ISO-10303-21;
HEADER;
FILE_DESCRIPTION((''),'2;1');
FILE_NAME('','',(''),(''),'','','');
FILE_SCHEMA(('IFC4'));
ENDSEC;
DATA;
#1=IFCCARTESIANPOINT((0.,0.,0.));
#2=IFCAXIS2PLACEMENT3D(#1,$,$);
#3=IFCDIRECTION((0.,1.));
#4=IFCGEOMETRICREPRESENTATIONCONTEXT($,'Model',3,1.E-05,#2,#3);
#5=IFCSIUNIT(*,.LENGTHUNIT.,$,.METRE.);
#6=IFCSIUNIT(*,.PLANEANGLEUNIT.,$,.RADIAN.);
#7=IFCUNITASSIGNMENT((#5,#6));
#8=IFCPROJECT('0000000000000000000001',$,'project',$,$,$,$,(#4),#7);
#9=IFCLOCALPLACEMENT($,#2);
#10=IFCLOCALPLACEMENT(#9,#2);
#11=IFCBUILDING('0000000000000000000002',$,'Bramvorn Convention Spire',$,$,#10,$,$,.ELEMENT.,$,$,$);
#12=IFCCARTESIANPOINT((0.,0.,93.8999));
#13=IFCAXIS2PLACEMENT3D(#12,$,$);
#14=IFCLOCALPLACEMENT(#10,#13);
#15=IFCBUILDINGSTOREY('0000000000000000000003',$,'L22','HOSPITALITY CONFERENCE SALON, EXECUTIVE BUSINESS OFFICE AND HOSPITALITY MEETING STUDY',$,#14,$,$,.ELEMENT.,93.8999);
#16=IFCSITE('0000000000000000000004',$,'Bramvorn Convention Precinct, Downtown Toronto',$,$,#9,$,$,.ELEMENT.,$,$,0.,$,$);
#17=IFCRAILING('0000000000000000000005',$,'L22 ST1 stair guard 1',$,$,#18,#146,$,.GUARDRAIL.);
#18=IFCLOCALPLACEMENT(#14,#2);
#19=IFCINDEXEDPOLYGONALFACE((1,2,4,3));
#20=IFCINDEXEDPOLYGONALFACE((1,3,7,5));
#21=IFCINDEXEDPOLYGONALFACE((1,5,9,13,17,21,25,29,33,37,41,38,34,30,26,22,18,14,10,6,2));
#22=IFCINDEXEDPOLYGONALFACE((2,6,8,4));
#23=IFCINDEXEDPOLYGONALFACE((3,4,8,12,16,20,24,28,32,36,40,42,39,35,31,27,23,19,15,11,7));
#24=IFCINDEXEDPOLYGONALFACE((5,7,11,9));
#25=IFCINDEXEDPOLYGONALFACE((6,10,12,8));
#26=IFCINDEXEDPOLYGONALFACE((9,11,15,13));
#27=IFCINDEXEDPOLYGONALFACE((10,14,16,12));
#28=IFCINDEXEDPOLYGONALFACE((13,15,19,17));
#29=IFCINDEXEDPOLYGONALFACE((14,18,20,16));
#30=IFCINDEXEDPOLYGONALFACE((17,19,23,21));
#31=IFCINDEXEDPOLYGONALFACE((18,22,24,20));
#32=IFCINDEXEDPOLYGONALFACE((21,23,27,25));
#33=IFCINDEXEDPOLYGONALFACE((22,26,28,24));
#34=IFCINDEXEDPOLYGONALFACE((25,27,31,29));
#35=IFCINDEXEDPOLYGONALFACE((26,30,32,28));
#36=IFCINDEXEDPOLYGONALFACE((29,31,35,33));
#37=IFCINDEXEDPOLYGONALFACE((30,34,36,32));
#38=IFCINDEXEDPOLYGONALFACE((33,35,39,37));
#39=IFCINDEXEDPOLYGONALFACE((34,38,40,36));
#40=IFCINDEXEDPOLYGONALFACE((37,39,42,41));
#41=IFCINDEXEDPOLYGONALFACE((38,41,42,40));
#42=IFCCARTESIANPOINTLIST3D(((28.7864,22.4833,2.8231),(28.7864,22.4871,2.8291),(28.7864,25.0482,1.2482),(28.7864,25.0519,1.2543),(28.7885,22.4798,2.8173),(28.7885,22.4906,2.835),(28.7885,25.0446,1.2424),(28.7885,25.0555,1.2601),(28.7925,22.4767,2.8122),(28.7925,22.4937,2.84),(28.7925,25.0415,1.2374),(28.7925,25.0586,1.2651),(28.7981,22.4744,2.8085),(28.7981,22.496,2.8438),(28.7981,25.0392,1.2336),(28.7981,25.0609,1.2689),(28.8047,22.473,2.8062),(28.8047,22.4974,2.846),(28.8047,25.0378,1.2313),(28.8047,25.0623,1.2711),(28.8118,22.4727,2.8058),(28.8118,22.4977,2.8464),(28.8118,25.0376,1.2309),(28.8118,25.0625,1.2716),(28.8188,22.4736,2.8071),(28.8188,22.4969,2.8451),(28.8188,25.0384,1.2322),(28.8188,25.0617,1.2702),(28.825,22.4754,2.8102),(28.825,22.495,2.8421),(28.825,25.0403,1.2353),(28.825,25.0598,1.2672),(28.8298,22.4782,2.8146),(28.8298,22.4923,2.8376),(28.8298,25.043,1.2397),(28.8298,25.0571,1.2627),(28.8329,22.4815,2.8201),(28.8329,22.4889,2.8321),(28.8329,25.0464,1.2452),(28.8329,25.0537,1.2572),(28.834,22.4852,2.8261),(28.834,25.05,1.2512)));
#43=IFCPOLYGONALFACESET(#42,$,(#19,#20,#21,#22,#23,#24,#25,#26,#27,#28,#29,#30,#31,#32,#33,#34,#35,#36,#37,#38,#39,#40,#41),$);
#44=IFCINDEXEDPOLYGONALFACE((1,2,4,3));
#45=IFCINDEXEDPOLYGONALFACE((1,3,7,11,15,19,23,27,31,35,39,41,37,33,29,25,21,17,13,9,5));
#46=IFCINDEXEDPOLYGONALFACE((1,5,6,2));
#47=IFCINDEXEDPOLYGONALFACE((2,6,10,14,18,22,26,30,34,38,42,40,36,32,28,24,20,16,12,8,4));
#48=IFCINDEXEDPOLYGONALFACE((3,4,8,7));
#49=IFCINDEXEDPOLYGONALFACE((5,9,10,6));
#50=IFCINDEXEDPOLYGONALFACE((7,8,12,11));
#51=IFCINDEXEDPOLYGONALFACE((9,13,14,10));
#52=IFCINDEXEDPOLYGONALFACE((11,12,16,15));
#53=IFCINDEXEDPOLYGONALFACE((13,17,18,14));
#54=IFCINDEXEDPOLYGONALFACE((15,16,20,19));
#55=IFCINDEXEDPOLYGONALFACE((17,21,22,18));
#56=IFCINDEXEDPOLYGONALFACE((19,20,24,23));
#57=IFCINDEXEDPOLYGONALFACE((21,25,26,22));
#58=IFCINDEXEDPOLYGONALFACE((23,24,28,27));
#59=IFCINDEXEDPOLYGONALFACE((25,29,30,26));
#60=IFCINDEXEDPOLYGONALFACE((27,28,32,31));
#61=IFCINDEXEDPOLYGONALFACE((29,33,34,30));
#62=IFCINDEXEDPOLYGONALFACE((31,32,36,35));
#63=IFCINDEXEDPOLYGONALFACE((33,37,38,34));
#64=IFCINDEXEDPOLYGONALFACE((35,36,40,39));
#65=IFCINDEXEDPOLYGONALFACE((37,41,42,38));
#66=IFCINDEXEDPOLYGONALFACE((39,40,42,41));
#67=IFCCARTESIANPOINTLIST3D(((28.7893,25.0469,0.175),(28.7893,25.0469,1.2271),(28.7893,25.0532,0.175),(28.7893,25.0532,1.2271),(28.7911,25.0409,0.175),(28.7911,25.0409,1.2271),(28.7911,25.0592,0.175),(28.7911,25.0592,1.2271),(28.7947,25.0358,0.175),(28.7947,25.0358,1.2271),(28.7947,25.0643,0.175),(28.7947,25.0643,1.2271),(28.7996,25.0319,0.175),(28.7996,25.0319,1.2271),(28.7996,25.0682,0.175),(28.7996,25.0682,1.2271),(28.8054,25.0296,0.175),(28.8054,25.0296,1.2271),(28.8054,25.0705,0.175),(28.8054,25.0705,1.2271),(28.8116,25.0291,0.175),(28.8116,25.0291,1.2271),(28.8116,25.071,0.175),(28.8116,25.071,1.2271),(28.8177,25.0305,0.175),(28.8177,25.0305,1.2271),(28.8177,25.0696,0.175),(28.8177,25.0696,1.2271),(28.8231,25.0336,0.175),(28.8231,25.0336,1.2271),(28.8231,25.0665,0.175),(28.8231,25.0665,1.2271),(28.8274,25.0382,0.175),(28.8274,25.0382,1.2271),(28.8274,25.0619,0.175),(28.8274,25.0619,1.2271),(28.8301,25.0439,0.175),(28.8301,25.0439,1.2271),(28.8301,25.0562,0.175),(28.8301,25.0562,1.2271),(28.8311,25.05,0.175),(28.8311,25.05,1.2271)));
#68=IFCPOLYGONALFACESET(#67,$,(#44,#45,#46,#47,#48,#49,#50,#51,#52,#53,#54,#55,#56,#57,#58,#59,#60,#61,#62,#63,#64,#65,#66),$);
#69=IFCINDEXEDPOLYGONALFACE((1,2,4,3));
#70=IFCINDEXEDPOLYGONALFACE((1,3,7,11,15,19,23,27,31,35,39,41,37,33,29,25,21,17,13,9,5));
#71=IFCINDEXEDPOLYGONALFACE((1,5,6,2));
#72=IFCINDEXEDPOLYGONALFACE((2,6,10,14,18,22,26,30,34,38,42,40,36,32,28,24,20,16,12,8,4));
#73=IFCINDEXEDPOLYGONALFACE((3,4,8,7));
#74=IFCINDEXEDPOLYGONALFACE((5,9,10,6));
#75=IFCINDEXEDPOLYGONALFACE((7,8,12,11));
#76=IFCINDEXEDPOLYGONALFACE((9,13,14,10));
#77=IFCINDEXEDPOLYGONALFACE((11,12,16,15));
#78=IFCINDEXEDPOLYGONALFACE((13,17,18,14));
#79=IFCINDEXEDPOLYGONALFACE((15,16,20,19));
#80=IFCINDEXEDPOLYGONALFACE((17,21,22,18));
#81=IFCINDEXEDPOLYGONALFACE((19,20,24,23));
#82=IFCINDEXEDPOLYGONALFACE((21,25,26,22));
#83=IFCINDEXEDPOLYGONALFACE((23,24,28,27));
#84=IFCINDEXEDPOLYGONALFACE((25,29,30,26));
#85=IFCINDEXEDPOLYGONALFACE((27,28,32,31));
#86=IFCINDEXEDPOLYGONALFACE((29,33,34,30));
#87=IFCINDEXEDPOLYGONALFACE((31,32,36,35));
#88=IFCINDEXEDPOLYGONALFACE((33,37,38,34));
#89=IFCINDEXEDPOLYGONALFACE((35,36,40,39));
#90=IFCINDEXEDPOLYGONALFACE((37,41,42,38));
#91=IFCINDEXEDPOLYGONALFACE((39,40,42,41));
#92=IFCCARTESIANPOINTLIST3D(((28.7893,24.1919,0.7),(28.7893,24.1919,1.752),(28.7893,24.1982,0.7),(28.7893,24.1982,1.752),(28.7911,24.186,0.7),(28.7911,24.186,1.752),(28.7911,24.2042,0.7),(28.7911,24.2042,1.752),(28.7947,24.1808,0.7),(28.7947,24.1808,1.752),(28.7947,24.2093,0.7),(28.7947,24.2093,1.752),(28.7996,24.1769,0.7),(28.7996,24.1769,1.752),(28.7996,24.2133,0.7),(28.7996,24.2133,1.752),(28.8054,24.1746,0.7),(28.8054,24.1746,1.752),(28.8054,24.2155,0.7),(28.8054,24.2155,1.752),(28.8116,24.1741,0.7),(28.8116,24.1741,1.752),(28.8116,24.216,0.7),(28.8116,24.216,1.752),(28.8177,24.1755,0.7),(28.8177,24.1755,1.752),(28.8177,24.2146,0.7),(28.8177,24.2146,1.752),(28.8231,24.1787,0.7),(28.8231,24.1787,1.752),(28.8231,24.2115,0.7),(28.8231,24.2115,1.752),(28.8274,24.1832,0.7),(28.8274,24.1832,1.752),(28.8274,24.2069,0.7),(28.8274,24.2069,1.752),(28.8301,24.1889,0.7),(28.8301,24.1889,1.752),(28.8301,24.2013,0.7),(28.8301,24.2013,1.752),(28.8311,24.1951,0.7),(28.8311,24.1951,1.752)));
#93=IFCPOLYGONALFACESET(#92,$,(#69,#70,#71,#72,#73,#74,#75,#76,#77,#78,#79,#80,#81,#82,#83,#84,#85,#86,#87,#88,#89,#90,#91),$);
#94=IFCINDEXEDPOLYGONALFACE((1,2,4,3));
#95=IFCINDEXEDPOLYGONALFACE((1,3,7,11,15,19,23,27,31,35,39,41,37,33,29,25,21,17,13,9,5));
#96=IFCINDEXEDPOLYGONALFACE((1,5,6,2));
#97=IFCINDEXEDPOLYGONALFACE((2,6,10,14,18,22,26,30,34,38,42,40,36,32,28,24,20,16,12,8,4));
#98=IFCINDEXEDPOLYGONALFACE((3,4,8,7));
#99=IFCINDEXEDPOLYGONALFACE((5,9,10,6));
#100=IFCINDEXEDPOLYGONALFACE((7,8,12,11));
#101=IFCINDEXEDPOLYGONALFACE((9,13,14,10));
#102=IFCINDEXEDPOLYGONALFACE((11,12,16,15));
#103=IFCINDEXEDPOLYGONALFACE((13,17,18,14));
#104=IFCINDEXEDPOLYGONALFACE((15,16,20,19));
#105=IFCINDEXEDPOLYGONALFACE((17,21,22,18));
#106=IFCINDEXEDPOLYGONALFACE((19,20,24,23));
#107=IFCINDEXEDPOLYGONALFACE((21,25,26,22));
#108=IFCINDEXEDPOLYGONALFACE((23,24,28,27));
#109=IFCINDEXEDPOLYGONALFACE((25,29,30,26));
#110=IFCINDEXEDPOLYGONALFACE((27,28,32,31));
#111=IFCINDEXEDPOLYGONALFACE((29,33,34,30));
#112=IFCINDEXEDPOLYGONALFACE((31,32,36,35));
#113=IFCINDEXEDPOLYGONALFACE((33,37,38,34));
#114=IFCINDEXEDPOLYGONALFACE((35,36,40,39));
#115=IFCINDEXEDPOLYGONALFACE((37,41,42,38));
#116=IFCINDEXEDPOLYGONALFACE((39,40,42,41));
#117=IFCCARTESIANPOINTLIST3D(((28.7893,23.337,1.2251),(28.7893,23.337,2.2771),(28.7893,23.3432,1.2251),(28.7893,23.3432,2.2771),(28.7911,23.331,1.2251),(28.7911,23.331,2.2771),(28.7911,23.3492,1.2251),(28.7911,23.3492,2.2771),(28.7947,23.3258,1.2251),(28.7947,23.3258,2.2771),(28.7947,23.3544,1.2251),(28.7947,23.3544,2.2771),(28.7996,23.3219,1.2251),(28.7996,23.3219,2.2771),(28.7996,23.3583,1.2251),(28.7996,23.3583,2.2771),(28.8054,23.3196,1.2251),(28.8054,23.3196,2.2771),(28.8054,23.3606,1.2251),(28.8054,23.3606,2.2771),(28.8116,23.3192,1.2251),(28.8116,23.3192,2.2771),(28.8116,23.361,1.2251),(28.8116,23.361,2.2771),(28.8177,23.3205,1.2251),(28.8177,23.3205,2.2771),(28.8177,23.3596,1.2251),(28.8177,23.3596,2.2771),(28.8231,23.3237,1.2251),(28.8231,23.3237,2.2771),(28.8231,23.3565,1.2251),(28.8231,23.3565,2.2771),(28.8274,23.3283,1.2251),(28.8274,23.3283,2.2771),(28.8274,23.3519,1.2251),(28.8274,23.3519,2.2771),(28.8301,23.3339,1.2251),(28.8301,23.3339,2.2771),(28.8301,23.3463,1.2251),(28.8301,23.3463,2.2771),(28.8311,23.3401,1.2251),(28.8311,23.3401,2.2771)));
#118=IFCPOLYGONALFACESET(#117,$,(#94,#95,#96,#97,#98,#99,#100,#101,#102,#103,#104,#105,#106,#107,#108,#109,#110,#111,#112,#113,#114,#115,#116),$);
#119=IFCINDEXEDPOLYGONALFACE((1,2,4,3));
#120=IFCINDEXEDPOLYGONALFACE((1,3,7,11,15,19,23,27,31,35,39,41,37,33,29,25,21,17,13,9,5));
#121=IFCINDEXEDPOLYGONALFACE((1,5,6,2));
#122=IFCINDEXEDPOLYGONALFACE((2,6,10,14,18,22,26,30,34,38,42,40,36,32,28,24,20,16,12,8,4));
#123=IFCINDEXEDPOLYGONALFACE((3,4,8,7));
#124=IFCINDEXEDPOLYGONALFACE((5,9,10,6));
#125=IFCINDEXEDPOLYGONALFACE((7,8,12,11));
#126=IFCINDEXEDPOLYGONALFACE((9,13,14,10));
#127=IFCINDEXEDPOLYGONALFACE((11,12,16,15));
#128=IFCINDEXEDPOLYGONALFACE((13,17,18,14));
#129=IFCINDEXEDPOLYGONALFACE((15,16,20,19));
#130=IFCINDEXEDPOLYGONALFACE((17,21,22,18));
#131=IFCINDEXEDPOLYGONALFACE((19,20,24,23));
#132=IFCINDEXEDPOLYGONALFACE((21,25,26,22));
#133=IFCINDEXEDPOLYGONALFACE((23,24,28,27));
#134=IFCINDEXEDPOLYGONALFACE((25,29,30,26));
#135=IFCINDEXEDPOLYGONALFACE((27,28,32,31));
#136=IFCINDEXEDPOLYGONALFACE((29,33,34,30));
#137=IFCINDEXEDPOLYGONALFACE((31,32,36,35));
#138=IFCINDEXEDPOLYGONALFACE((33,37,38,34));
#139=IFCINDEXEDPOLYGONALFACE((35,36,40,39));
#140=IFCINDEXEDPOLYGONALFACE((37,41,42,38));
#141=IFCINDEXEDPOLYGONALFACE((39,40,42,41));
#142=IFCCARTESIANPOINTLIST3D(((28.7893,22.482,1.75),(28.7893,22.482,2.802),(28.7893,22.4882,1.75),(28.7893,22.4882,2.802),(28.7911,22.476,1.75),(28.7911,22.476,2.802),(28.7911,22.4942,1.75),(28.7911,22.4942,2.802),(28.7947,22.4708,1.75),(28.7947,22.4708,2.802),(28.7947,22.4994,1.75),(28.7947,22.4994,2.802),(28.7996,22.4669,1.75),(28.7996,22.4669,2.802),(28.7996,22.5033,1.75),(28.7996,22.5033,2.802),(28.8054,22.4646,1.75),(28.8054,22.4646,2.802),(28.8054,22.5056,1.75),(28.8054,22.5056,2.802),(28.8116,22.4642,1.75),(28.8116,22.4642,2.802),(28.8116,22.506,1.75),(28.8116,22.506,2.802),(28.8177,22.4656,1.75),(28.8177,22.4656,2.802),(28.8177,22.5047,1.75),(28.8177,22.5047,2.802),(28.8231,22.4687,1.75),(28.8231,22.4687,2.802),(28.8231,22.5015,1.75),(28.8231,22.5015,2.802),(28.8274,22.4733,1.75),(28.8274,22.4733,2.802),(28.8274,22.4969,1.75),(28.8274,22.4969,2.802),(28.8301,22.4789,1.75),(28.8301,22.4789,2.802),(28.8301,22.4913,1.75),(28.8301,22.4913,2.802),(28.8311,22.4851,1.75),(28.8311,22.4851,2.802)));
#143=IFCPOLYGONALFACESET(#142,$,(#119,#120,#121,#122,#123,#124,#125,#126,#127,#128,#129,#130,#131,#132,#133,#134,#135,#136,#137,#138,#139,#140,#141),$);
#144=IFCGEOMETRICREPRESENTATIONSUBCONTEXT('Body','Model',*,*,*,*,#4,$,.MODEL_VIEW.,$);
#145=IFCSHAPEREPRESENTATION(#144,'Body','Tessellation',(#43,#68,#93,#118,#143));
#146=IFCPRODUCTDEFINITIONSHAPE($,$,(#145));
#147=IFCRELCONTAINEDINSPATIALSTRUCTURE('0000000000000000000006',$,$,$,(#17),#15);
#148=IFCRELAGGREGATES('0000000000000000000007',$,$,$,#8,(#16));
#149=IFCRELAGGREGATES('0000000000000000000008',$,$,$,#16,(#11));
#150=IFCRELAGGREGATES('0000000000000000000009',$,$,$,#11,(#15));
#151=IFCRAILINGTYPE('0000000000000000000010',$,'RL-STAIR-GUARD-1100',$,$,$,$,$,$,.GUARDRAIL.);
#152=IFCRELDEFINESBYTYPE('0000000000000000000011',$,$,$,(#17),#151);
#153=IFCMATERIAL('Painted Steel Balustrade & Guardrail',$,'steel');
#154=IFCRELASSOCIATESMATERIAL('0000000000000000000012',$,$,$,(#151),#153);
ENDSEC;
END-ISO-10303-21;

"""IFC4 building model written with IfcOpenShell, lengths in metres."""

from ifc_helpers import new_model, si_unit, direction, frame, origin, origin_2d, place, context, subcontext, project, spatial, circle, extrude, material, type_object, element, save


model = new_model("IFC4")

# Units and contexts
model_context = context("Model", 3, precision=1e-05, world=origin(), true_north=direction((0.0, 1.0)))
body_context = subcontext(model_context, "Body", "Model", "MODEL_VIEW")
ifc_project = project(units=[si_unit("LENGTHUNIT", "METRE"), si_unit("PLANEANGLEUNIT", "RADIAN")], contexts=[model_context])

# Site, building, storey
site_placement = place(None, origin())
site = spatial("IfcSite", under=ifc_project, at=site_placement, Name="Bramvorn Convention Precinct, Downtown Toronto", CompositionType="ELEMENT", RefElevation=0.0)
building_placement = place(site_placement, origin())
building = spatial("IfcBuilding", under=site, at=building_placement, Name="Bramvorn Convention Spire", CompositionType="ELEMENT")
storey_placement = place(building_placement, frame((0.0, 0.0, 93.8999)))
storey = spatial("IfcBuildingStorey", under=building, at=storey_placement, Name="L22", Description="HOSPITALITY CONFERENCE SALON, EXECUTIVE BUSINESS OFFICE AND HOSPITALITY MEETING STUDY", CompositionType="ELEMENT", Elevation=93.8999)

# Railing
ifc_material_1 = material(Name="Painted Steel Balustrade & Guardrail", Category="steel")
railing_type_1 = type_object("IfcRailingType", Name="RL-STAIR-GUARD-1100", PredefinedType="GUARDRAIL", material=ifc_material_1)
railing_1_placement = place(storey_placement, frame((28.8101, 25.05, 0.175)))
element("IfcRailing", 1, at=railing_1_placement, inside=storey, type_object=railing_type_1, Name="L22 ST1 stair guard 1", PredefinedType="GUARDRAIL", context=body_context, shape_type="SweptSolid", body=[
    extrude(circle(Radius=0.0239, at=origin_2d()), frame((0.0, 0.0, 1.0762), z_axis=(0.0, -0.852173, 0.52326), x_axis=(1.0, 0.0, 0.0)), (0.0, 0.0, 1.0), 3.0098),
    extrude(circle(Radius=0.021, at=origin_2d()), origin(), (0.0, 0.0, 1.0), 1.052),
    extrude(circle(Radius=0.021, at=origin_2d()), frame((0.0, -0.855, 0.5249)), (0.0, 0.0, 1.0), 1.052),
    extrude(circle(Radius=0.021, at=origin_2d()), frame((0.0, -1.71, 1.05)), (0.0, 0.0, 1.0), 1.052),
    extrude(circle(Radius=0.021, at=origin_2d()), frame((0.0, -2.5649, 1.575)), (0.0, 0.0, 1.0), 1.052),
])

save(model, "model.ifc")
